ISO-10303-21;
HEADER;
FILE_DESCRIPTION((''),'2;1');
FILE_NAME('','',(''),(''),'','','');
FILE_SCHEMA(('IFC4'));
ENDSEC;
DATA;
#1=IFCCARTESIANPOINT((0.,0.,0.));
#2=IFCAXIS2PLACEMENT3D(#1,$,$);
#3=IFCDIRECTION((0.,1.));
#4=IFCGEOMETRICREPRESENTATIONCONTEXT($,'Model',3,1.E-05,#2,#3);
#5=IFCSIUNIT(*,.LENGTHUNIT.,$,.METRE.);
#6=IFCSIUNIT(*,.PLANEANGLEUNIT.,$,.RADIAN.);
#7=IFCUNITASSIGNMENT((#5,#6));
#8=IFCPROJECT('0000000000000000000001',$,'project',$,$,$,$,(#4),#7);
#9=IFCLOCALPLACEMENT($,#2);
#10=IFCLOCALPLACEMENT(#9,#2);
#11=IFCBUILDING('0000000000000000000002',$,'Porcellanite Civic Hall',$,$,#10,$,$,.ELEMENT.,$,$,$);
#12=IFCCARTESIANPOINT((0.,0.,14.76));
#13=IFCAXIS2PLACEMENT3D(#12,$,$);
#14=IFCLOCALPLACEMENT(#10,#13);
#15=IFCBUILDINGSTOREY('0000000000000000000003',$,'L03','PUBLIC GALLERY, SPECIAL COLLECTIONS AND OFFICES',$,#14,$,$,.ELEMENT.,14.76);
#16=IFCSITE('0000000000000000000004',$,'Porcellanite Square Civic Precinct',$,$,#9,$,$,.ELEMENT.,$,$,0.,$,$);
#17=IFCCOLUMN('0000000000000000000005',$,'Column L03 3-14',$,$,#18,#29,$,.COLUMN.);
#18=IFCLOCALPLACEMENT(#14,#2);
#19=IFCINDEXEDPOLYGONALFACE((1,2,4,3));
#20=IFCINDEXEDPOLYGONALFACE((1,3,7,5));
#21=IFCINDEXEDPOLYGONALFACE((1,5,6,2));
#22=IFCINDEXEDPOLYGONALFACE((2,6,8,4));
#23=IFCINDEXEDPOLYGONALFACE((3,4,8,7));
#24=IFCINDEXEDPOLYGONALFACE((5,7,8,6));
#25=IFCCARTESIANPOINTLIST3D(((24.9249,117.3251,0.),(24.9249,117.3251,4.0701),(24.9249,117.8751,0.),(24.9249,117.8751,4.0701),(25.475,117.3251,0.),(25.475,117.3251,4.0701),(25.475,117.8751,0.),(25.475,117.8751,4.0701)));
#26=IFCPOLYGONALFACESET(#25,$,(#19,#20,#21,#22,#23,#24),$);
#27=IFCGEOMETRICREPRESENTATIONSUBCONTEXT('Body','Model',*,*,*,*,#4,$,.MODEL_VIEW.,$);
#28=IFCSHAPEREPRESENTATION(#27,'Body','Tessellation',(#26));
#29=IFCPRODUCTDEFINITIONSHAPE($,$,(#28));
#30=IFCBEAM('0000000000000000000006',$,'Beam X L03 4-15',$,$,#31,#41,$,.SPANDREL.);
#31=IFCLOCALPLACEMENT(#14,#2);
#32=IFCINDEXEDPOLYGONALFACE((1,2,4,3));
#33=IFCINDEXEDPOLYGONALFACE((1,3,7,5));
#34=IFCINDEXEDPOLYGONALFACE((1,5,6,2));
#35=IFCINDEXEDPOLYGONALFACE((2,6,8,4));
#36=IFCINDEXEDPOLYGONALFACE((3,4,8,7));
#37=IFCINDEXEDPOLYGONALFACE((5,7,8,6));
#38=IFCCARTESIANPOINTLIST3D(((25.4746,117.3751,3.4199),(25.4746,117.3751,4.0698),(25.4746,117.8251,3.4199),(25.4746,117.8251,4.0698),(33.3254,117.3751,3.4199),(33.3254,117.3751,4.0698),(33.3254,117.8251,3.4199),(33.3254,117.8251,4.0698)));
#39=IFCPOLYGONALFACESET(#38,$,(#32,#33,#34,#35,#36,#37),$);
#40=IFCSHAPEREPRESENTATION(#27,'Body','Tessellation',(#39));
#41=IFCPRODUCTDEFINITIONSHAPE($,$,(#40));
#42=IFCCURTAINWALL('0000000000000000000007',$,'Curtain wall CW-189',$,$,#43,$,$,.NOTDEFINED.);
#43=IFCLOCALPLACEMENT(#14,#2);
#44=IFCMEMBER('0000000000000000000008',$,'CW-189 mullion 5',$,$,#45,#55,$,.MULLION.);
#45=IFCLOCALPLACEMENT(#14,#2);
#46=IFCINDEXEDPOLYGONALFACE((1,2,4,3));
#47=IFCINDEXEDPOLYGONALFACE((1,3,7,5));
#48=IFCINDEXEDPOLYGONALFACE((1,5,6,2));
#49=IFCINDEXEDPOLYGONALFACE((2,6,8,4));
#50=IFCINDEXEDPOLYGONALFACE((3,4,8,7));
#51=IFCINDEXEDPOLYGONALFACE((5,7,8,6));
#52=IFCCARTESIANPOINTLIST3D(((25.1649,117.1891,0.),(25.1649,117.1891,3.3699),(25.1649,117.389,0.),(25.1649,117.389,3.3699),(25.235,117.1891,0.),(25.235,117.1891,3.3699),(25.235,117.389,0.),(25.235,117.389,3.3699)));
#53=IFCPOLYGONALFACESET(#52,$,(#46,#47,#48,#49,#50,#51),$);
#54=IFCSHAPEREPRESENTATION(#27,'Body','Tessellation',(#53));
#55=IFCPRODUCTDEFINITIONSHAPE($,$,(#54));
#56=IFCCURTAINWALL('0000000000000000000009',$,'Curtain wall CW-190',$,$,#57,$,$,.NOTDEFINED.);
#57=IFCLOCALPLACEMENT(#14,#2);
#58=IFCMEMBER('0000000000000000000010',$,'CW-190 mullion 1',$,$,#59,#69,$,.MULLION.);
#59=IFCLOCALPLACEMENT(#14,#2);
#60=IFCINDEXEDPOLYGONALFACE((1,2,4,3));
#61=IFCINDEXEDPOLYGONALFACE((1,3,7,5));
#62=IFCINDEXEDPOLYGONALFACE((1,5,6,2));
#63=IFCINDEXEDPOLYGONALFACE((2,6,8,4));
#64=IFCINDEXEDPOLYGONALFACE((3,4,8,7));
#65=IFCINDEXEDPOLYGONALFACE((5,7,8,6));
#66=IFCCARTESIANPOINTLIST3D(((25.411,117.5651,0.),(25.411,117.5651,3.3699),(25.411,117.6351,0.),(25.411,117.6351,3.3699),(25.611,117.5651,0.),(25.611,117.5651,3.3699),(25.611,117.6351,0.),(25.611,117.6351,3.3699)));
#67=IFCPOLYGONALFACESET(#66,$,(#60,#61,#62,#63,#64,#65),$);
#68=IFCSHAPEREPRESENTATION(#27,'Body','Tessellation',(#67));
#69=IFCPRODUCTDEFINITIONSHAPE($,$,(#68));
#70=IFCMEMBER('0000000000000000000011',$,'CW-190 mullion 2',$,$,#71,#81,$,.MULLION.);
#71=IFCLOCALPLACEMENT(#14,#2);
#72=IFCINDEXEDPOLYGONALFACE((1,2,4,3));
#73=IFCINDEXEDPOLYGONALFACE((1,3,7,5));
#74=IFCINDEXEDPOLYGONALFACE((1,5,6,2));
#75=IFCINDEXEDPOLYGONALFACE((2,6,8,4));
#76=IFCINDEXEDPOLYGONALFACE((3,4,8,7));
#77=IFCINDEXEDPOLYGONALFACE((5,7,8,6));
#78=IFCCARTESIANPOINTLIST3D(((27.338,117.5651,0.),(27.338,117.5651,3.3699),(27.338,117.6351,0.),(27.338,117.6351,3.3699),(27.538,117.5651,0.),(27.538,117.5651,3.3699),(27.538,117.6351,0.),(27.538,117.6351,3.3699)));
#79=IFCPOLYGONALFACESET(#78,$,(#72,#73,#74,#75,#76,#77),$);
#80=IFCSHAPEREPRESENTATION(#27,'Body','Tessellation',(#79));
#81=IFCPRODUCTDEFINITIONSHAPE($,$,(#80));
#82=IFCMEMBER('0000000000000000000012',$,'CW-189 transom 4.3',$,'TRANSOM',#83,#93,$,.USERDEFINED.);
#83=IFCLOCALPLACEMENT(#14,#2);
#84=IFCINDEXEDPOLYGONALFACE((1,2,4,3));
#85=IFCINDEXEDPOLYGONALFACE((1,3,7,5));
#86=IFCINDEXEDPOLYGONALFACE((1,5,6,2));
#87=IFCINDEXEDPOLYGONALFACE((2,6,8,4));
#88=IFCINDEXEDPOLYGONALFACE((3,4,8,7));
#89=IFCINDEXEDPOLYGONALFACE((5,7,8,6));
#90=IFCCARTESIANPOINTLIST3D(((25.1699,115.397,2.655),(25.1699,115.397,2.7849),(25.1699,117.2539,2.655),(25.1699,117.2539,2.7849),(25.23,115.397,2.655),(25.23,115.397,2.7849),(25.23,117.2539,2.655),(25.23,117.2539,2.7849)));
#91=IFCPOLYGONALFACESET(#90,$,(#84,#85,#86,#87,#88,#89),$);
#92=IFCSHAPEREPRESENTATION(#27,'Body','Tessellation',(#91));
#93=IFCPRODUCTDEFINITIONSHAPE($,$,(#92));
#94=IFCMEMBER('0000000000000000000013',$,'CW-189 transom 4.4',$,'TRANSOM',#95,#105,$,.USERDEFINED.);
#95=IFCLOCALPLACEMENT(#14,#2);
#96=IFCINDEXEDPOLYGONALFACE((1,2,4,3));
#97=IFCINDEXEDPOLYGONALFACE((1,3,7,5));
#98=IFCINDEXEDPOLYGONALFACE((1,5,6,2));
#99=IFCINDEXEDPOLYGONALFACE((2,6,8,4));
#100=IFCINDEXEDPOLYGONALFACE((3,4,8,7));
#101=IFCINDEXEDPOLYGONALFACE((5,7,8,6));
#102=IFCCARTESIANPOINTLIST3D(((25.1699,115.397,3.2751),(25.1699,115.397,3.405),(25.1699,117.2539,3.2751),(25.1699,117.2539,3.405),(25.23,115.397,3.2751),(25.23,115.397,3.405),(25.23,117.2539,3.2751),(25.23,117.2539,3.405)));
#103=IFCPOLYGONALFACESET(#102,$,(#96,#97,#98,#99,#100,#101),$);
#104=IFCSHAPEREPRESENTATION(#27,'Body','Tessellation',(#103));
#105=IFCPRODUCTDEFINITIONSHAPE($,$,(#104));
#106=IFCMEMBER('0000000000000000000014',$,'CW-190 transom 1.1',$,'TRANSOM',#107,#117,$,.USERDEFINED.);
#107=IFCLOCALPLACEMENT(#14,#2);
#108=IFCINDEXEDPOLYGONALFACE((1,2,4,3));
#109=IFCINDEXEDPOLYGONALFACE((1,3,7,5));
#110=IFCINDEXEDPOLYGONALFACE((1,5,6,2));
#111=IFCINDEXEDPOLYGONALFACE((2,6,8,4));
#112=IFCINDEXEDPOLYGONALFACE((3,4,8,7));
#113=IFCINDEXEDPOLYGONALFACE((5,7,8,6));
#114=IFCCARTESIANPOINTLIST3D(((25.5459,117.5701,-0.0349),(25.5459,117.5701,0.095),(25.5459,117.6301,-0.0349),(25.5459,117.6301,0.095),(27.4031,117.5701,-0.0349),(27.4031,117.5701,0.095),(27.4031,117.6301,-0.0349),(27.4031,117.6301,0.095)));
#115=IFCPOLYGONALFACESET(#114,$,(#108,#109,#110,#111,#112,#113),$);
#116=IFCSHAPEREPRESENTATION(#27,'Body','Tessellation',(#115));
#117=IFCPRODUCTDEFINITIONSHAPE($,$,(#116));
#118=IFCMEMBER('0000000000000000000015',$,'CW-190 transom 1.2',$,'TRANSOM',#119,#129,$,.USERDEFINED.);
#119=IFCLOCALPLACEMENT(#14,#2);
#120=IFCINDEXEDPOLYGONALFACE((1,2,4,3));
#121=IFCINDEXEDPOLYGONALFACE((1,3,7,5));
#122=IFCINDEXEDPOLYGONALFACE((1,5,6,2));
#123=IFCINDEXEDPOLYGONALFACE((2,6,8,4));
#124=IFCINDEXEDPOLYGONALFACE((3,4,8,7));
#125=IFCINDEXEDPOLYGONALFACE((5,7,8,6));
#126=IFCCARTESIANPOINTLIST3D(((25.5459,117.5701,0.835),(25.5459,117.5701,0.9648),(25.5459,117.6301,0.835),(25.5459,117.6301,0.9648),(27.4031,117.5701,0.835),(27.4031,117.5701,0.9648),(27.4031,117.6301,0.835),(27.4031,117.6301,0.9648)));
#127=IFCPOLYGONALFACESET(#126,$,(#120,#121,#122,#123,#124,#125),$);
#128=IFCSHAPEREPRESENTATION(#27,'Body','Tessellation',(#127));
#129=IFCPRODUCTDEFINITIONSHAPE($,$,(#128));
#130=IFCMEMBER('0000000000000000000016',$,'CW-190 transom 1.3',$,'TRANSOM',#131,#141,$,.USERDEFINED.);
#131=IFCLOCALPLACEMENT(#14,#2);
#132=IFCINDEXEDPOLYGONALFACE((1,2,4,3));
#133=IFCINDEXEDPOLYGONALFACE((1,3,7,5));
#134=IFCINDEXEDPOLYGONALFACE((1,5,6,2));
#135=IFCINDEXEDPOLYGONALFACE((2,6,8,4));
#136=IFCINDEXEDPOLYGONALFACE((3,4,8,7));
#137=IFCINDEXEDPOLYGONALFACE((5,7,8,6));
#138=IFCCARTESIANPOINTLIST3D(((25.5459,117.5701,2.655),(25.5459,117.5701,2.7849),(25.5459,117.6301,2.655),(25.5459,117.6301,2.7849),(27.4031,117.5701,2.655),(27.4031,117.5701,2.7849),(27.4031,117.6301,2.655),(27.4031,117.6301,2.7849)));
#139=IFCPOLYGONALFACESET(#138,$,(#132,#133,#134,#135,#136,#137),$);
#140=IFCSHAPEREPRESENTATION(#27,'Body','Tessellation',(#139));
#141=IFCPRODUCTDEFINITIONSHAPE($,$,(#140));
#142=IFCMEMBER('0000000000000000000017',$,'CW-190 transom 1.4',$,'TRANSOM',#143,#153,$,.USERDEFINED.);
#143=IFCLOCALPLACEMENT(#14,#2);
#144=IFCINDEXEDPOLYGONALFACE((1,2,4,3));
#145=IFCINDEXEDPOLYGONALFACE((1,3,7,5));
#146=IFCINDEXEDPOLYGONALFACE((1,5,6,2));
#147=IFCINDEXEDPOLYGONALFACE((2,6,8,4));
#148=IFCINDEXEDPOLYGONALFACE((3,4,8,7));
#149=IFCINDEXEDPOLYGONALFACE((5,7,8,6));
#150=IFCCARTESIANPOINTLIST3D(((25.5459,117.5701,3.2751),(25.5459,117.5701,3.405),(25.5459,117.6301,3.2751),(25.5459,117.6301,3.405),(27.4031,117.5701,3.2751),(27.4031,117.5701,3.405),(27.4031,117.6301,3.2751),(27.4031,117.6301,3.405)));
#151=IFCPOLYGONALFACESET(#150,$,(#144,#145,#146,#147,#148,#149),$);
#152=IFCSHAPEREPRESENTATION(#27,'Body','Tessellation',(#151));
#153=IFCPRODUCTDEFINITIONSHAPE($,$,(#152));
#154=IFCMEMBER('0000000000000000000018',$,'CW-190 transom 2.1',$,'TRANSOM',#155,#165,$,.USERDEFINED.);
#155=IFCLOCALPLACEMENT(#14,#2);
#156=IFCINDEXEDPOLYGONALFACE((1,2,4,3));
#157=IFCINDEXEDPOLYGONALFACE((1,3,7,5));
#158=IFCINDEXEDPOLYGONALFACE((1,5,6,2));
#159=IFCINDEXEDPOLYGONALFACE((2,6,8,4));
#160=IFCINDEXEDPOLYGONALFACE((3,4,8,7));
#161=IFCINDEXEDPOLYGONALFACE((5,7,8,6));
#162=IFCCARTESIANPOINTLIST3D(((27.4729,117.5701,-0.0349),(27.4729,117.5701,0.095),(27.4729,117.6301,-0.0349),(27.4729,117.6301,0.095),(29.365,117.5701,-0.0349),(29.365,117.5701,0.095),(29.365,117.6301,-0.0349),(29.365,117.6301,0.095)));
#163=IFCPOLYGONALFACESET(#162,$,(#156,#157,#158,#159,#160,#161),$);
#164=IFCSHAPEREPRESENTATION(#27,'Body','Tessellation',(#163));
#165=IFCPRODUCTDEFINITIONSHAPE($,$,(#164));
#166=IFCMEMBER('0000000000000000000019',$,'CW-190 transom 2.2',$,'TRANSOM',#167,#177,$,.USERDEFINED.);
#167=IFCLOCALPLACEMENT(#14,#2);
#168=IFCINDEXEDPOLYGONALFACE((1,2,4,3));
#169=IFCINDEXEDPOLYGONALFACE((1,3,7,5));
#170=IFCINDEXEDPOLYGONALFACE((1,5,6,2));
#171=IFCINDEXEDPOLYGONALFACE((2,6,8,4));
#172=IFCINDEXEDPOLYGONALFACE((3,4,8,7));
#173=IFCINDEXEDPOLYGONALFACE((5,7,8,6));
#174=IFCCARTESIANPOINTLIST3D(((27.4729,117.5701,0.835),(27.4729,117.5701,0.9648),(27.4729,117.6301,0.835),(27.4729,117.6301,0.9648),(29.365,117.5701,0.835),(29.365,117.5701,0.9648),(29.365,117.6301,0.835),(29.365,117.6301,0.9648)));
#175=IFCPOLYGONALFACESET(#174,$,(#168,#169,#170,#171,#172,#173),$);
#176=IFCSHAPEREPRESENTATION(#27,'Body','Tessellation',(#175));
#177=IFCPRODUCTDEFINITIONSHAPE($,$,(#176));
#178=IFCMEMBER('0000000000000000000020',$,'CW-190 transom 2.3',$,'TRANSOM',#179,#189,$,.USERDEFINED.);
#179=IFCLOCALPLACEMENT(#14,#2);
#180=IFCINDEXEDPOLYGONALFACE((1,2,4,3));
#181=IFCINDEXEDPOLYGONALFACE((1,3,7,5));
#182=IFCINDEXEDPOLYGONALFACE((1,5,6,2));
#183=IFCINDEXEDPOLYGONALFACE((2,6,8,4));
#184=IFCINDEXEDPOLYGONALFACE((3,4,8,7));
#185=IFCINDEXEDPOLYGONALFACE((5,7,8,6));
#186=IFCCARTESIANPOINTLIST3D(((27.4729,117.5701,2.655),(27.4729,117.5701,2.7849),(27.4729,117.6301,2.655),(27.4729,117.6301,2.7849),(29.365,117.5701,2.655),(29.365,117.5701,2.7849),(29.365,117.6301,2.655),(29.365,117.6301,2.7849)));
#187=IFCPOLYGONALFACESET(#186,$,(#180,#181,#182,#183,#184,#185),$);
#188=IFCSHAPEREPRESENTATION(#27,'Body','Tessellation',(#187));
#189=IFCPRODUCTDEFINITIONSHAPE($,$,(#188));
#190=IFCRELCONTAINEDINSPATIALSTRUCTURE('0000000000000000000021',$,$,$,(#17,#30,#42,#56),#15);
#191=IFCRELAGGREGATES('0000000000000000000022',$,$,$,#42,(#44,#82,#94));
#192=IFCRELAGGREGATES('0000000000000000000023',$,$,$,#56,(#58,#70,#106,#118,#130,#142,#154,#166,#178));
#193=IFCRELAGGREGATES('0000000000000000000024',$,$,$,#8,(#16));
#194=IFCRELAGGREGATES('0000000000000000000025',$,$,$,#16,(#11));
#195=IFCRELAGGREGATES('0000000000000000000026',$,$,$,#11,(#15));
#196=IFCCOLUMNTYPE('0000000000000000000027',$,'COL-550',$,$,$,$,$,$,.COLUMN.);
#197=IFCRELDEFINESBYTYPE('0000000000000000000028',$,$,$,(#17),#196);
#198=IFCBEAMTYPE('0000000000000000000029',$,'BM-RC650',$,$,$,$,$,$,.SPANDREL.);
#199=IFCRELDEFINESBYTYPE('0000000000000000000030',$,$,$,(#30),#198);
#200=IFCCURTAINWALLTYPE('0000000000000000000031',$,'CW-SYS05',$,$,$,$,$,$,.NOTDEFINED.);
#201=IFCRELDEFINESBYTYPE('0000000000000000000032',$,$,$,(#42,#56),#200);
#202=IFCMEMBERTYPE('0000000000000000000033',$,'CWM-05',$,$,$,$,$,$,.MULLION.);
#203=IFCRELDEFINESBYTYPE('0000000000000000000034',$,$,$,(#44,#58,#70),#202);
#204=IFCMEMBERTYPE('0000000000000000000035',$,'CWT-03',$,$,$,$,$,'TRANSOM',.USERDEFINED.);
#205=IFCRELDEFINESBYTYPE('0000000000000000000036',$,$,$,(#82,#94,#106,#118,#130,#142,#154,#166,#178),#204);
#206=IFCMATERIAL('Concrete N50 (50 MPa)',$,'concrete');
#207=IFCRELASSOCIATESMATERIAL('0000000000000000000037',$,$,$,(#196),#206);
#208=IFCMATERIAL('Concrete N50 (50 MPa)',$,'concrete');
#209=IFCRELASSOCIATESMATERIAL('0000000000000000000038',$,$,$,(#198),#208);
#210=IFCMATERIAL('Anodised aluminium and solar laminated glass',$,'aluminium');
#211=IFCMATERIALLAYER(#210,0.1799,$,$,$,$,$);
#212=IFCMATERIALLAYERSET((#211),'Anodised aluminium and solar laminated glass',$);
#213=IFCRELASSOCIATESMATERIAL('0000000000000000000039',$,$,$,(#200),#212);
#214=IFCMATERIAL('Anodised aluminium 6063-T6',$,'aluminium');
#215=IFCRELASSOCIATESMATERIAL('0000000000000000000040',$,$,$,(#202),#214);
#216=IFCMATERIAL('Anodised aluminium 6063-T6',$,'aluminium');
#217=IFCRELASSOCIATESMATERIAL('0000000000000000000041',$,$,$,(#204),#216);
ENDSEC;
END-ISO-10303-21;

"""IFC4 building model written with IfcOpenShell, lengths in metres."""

from ifc_helpers import new_model, si_unit, direction, frame, origin, origin_2d, place, context, subcontext, project, spatial, rectangle, extrude, material, layer, layer_set, material_profile, profile_set, type_object, element, aggregate, save


model = new_model("IFC4")

# Units and contexts
model_context = context("Model", 3, precision=1e-05, world=origin(), true_north=direction((0.0, 1.0)))
body_context = subcontext(model_context, "Body", "Model", "MODEL_VIEW")
ifc_project = project(units=[si_unit("LENGTHUNIT", "METRE"), si_unit("PLANEANGLEUNIT", "RADIAN")], contexts=[model_context])

# Site, building, storey
site_placement = place(None, origin())
site = spatial("IfcSite", under=ifc_project, at=site_placement, Name="Porcellanite Square Civic Precinct", CompositionType="ELEMENT", RefElevation=0.0)
building_placement = place(site_placement, origin())
building = spatial("IfcBuilding", under=site, at=building_placement, Name="Porcellanite Civic Hall", CompositionType="ELEMENT")
storey_placement = place(building_placement, frame((0.0, 0.0, 14.76)))
storey = spatial("IfcBuildingStorey", under=building, at=storey_placement, Name="L03", Description="PUBLIC GALLERY, SPECIAL COLLECTIONS AND OFFICES", CompositionType="ELEMENT", Elevation=14.76)

# Column
ifc_material_1 = material(Name="Concrete N50 (50 MPa)", Category="concrete")
ifc_material_profile_1 = material_profile(ifc_material_1, rectangle(XDim=0.55, YDim=0.55, at=origin_2d()), Name="RC-550x550")
ifc_profile_set_1 = profile_set([ifc_material_profile_1], Name="Concrete N50 (50 MPa)")
column_type = type_object("IfcColumnType", Name="COL-550", PredefinedType="COLUMN", material=ifc_profile_set_1)
column_placement = place(storey_placement, frame((25.2, 117.6001, 0.0), z_axis=(0.0, 0.0, 1.0), x_axis=(1.0, 0.0, 0.0)))
element("IfcColumn", 1, at=column_placement, inside=storey, type_object=column_type, Name="Column L03 3-14", PredefinedType="COLUMN", context=body_context, shape_type="SweptSolid", body=[
    extrude(rectangle(XDim=0.55, YDim=0.55, at=origin_2d()), origin(), (0.0, 0.0, 1.0), 4.0701),
])

# Beam
ifc_material_2 = material(Name="Concrete N50 (50 MPa)", Category="concrete")
ifc_material_profile_2 = material_profile(ifc_material_2, rectangle(XDim=0.45, YDim=0.6499, at=origin_2d()), Name="RC-450x650")
ifc_profile_set_2 = profile_set([ifc_material_profile_2], Name="Concrete N50 (50 MPa)")
beam_type = type_object("IfcBeamType", Name="BM-RC650", PredefinedType="SPANDREL", material=ifc_profile_set_2)
beam_placement = place(storey_placement, frame((25.4746, 117.6001, 3.7449), z_axis=(1.0, 0.0, 0.0), x_axis=(0.0, 1.0, 0.0)))
element("IfcBeam", 2, at=beam_placement, inside=storey, type_object=beam_type, Name="Beam X L03 4-15", PredefinedType="SPANDREL", context=body_context, shape_type="SweptSolid", body=[
    extrude(rectangle(XDim=0.45, YDim=0.6499, at=origin_2d()), origin(), (0.0, 0.0, 1.0), 7.8508),
])

# Curtain wall, member
ifc_material_3 = material(Name="Anodised aluminium and solar laminated glass", Category="aluminium")
ifc_layer_1 = layer(ifc_material_3, 0.1799)
ifc_layer_set_1 = layer_set([ifc_layer_1], Name="Anodised aluminium and solar laminated glass")
curtain_wall_type = type_object("IfcCurtainWallType", Name="CW-SYS05", PredefinedType="NOTDEFINED", material=ifc_layer_set_1)
curtain_wall_1_placement = place(storey_placement, origin())
curtain_wall_1 = element("IfcCurtainWall", 3, at=curtain_wall_1_placement, inside=storey, type_object=curtain_wall_type, Name="Curtain wall CW-189", PredefinedType="NOTDEFINED")
ifc_material_4 = material(Name="Anodised aluminium 6063-T6", Category="aluminium")
ifc_material_profile_3 = material_profile(ifc_material_4, rectangle(XDim=0.0701, YDim=0.2, at=origin_2d()), Name="AL-70x200")
ifc_profile_set_3 = profile_set([ifc_material_profile_3], Name="Anodised aluminium 6063-T6")
member_type_1 = type_object("IfcMemberType", Name="CWM-05", PredefinedType="MULLION", material=ifc_profile_set_3)
member_1_placement = place(storey_placement, frame((25.2, 117.2891, 0.0), z_axis=(0.0, 0.0, 1.0), x_axis=(-1.0, 0.0, 0.0)))
member_1 = element("IfcMember", 4, at=member_1_placement, type_object=member_type_1, Name="CW-189 mullion 5", PredefinedType="MULLION", context=body_context, shape_type="SweptSolid", body=[
    extrude(rectangle(XDim=0.0701, YDim=0.2, at=origin_2d()), origin(), (0.0, 0.0, 1.0), 3.3699),
])

# Curtain wall, members
curtain_wall_2_placement = place(storey_placement, origin())
curtain_wall_2 = element("IfcCurtainWall", 5, at=curtain_wall_2_placement, inside=storey, type_object=curtain_wall_type, Name="Curtain wall CW-190", PredefinedType="NOTDEFINED")
member_2_placement = place(storey_placement, frame((25.511, 117.6001, 0.0), z_axis=(0.0, 0.0, 1.0), x_axis=(0.0, 1.0, 0.0)))
member_2 = element("IfcMember", 6, at=member_2_placement, type_object=member_type_1, Name="CW-190 mullion 1", PredefinedType="MULLION", context=body_context, shape_type="SweptSolid", body=[
    extrude(rectangle(XDim=0.0701, YDim=0.2, at=origin_2d()), origin(), (0.0, 0.0, 1.0), 3.3699),
])
member_3_placement = place(storey_placement, frame((27.438, 117.6001, 0.0), z_axis=(0.0, 0.0, 1.0), x_axis=(0.0, 1.0, 0.0)))
member_3 = element("IfcMember", 7, at=member_3_placement, type_object=member_type_1, Name="CW-190 mullion 2", PredefinedType="MULLION", context=body_context, shape_type="SweptSolid", body=[
    extrude(rectangle(XDim=0.0701, YDim=0.2, at=origin_2d()), origin(), (0.0, 0.0, 1.0), 3.3699),
])

# Members
ifc_material_5 = material(Name="Anodised aluminium 6063-T6", Category="aluminium")
ifc_material_profile_4 = material_profile(ifc_material_5, rectangle(XDim=0.0601, YDim=0.1299, at=origin_2d()), Name="AL-60x130")
ifc_profile_set_4 = profile_set([ifc_material_profile_4], Name="Anodised aluminium 6063-T6")
member_type_2 = type_object("IfcMemberType", Name="CWT-03", ElementType="TRANSOM", PredefinedType="USERDEFINED", material=ifc_profile_set_4)
member_4_placement = place(storey_placement, frame((25.2, 115.397, 2.72), z_axis=(0.0, 1.0, 0.0), x_axis=(-1.0, 0.0, 0.0)))
member_4 = element("IfcMember", 8, at=member_4_placement, type_object=member_type_2, Name="CW-189 transom 4.3", ObjectType="TRANSOM", PredefinedType="USERDEFINED", context=body_context, shape_type="SweptSolid", body=[
    extrude(rectangle(XDim=0.0601, YDim=0.1299, at=origin_2d()), origin(), (0.0, 0.0, 1.0), 1.8569),
])
member_5_placement = place(storey_placement, frame((25.2, 115.397, 3.3401), z_axis=(0.0, 1.0, 0.0), x_axis=(-1.0, 0.0, 0.0)))
member_5 = element("IfcMember", 9, at=member_5_placement, type_object=member_type_2, Name="CW-189 transom 4.4", ObjectType="TRANSOM", PredefinedType="USERDEFINED", context=body_context, shape_type="SweptSolid", body=[
    extrude(rectangle(XDim=0.0601, YDim=0.1299, at=origin_2d()), origin(), (0.0, 0.0, 1.0), 1.8569),
])
member_6_placement = place(storey_placement, frame((25.5459, 117.6001, 0.03), z_axis=(1.0, 0.0, 0.0), x_axis=(0.0, 1.0, 0.0)))
member_6 = element("IfcMember", 10, at=member_6_placement, type_object=member_type_2, Name="CW-190 transom 1.1", ObjectType="TRANSOM", PredefinedType="USERDEFINED", context=body_context, shape_type="SweptSolid", body=[
    extrude(rectangle(XDim=0.0601, YDim=0.1299, at=origin_2d()), origin(), (0.0, 0.0, 1.0), 1.8572),
])
member_7_placement = place(storey_placement, frame((25.5459, 117.6001, 0.8999), z_axis=(1.0, 0.0, 0.0), x_axis=(0.0, 1.0, 0.0)))
member_7 = element("IfcMember", 11, at=member_7_placement, type_object=member_type_2, Name="CW-190 transom 1.2", ObjectType="TRANSOM", PredefinedType="USERDEFINED", context=body_context, shape_type="SweptSolid", body=[
    extrude(rectangle(XDim=0.0601, YDim=0.1299, at=origin_2d()), origin(), (0.0, 0.0, 1.0), 1.8572),
])
member_8_placement = place(storey_placement, frame((25.5459, 117.6001, 2.72), z_axis=(1.0, 0.0, 0.0), x_axis=(0.0, 1.0, 0.0)))
member_8 = element("IfcMember", 12, at=member_8_placement, type_object=member_type_2, Name="CW-190 transom 1.3", ObjectType="TRANSOM", PredefinedType="USERDEFINED", context=body_context, shape_type="SweptSolid", body=[
    extrude(rectangle(XDim=0.0601, YDim=0.1299, at=origin_2d()), origin(), (0.0, 0.0, 1.0), 1.8572),
])
member_9_placement = place(storey_placement, frame((25.5459, 117.6001, 3.3401), z_axis=(1.0, 0.0, 0.0), x_axis=(0.0, 1.0, 0.0)))
member_9 = element("IfcMember", 13, at=member_9_placement, type_object=member_type_2, Name="CW-190 transom 1.4", ObjectType="TRANSOM", PredefinedType="USERDEFINED", context=body_context, shape_type="SweptSolid", body=[
    extrude(rectangle(XDim=0.0601, YDim=0.1299, at=origin_2d()), origin(), (0.0, 0.0, 1.0), 1.8572),
])
member_10_placement = place(storey_placement, frame((27.4729, 117.6001, 0.03), z_axis=(1.0, 0.0, 0.0), x_axis=(0.0, 1.0, 0.0)))
member_10 = element("IfcMember", 14, at=member_10_placement, type_object=member_type_2, Name="CW-190 transom 2.1", ObjectType="TRANSOM", PredefinedType="USERDEFINED", context=body_context, shape_type="SweptSolid", body=[
    extrude(rectangle(XDim=0.0601, YDim=0.1299, at=origin_2d()), origin(), (0.0, 0.0, 1.0), 1.8921),
])
member_11_placement = place(storey_placement, frame((27.4729, 117.6001, 0.8999), z_axis=(1.0, 0.0, 0.0), x_axis=(0.0, 1.0, 0.0)))
member_11 = element("IfcMember", 15, at=member_11_placement, type_object=member_type_2, Name="CW-190 transom 2.2", ObjectType="TRANSOM", PredefinedType="USERDEFINED", context=body_context, shape_type="SweptSolid", body=[
    extrude(rectangle(XDim=0.0601, YDim=0.1299, at=origin_2d()), origin(), (0.0, 0.0, 1.0), 1.8921),
])
member_12_placement = place(storey_placement, frame((27.4729, 117.6001, 2.72), z_axis=(1.0, 0.0, 0.0), x_axis=(0.0, 1.0, 0.0)))
member_12 = element("IfcMember", 16, at=member_12_placement, type_object=member_type_2, Name="CW-190 transom 2.3", ObjectType="TRANSOM", PredefinedType="USERDEFINED", context=body_context, shape_type="SweptSolid", body=[
    extrude(rectangle(XDim=0.0601, YDim=0.1299, at=origin_2d()), origin(), (0.0, 0.0, 1.0), 1.8921),
])

aggregate(curtain_wall_1, [member_1, member_4, member_5])
aggregate(curtain_wall_2, [member_2, member_3, member_6, member_7, member_8, member_9, member_10, member_11, member_12])

save(model, "model.ifc")
